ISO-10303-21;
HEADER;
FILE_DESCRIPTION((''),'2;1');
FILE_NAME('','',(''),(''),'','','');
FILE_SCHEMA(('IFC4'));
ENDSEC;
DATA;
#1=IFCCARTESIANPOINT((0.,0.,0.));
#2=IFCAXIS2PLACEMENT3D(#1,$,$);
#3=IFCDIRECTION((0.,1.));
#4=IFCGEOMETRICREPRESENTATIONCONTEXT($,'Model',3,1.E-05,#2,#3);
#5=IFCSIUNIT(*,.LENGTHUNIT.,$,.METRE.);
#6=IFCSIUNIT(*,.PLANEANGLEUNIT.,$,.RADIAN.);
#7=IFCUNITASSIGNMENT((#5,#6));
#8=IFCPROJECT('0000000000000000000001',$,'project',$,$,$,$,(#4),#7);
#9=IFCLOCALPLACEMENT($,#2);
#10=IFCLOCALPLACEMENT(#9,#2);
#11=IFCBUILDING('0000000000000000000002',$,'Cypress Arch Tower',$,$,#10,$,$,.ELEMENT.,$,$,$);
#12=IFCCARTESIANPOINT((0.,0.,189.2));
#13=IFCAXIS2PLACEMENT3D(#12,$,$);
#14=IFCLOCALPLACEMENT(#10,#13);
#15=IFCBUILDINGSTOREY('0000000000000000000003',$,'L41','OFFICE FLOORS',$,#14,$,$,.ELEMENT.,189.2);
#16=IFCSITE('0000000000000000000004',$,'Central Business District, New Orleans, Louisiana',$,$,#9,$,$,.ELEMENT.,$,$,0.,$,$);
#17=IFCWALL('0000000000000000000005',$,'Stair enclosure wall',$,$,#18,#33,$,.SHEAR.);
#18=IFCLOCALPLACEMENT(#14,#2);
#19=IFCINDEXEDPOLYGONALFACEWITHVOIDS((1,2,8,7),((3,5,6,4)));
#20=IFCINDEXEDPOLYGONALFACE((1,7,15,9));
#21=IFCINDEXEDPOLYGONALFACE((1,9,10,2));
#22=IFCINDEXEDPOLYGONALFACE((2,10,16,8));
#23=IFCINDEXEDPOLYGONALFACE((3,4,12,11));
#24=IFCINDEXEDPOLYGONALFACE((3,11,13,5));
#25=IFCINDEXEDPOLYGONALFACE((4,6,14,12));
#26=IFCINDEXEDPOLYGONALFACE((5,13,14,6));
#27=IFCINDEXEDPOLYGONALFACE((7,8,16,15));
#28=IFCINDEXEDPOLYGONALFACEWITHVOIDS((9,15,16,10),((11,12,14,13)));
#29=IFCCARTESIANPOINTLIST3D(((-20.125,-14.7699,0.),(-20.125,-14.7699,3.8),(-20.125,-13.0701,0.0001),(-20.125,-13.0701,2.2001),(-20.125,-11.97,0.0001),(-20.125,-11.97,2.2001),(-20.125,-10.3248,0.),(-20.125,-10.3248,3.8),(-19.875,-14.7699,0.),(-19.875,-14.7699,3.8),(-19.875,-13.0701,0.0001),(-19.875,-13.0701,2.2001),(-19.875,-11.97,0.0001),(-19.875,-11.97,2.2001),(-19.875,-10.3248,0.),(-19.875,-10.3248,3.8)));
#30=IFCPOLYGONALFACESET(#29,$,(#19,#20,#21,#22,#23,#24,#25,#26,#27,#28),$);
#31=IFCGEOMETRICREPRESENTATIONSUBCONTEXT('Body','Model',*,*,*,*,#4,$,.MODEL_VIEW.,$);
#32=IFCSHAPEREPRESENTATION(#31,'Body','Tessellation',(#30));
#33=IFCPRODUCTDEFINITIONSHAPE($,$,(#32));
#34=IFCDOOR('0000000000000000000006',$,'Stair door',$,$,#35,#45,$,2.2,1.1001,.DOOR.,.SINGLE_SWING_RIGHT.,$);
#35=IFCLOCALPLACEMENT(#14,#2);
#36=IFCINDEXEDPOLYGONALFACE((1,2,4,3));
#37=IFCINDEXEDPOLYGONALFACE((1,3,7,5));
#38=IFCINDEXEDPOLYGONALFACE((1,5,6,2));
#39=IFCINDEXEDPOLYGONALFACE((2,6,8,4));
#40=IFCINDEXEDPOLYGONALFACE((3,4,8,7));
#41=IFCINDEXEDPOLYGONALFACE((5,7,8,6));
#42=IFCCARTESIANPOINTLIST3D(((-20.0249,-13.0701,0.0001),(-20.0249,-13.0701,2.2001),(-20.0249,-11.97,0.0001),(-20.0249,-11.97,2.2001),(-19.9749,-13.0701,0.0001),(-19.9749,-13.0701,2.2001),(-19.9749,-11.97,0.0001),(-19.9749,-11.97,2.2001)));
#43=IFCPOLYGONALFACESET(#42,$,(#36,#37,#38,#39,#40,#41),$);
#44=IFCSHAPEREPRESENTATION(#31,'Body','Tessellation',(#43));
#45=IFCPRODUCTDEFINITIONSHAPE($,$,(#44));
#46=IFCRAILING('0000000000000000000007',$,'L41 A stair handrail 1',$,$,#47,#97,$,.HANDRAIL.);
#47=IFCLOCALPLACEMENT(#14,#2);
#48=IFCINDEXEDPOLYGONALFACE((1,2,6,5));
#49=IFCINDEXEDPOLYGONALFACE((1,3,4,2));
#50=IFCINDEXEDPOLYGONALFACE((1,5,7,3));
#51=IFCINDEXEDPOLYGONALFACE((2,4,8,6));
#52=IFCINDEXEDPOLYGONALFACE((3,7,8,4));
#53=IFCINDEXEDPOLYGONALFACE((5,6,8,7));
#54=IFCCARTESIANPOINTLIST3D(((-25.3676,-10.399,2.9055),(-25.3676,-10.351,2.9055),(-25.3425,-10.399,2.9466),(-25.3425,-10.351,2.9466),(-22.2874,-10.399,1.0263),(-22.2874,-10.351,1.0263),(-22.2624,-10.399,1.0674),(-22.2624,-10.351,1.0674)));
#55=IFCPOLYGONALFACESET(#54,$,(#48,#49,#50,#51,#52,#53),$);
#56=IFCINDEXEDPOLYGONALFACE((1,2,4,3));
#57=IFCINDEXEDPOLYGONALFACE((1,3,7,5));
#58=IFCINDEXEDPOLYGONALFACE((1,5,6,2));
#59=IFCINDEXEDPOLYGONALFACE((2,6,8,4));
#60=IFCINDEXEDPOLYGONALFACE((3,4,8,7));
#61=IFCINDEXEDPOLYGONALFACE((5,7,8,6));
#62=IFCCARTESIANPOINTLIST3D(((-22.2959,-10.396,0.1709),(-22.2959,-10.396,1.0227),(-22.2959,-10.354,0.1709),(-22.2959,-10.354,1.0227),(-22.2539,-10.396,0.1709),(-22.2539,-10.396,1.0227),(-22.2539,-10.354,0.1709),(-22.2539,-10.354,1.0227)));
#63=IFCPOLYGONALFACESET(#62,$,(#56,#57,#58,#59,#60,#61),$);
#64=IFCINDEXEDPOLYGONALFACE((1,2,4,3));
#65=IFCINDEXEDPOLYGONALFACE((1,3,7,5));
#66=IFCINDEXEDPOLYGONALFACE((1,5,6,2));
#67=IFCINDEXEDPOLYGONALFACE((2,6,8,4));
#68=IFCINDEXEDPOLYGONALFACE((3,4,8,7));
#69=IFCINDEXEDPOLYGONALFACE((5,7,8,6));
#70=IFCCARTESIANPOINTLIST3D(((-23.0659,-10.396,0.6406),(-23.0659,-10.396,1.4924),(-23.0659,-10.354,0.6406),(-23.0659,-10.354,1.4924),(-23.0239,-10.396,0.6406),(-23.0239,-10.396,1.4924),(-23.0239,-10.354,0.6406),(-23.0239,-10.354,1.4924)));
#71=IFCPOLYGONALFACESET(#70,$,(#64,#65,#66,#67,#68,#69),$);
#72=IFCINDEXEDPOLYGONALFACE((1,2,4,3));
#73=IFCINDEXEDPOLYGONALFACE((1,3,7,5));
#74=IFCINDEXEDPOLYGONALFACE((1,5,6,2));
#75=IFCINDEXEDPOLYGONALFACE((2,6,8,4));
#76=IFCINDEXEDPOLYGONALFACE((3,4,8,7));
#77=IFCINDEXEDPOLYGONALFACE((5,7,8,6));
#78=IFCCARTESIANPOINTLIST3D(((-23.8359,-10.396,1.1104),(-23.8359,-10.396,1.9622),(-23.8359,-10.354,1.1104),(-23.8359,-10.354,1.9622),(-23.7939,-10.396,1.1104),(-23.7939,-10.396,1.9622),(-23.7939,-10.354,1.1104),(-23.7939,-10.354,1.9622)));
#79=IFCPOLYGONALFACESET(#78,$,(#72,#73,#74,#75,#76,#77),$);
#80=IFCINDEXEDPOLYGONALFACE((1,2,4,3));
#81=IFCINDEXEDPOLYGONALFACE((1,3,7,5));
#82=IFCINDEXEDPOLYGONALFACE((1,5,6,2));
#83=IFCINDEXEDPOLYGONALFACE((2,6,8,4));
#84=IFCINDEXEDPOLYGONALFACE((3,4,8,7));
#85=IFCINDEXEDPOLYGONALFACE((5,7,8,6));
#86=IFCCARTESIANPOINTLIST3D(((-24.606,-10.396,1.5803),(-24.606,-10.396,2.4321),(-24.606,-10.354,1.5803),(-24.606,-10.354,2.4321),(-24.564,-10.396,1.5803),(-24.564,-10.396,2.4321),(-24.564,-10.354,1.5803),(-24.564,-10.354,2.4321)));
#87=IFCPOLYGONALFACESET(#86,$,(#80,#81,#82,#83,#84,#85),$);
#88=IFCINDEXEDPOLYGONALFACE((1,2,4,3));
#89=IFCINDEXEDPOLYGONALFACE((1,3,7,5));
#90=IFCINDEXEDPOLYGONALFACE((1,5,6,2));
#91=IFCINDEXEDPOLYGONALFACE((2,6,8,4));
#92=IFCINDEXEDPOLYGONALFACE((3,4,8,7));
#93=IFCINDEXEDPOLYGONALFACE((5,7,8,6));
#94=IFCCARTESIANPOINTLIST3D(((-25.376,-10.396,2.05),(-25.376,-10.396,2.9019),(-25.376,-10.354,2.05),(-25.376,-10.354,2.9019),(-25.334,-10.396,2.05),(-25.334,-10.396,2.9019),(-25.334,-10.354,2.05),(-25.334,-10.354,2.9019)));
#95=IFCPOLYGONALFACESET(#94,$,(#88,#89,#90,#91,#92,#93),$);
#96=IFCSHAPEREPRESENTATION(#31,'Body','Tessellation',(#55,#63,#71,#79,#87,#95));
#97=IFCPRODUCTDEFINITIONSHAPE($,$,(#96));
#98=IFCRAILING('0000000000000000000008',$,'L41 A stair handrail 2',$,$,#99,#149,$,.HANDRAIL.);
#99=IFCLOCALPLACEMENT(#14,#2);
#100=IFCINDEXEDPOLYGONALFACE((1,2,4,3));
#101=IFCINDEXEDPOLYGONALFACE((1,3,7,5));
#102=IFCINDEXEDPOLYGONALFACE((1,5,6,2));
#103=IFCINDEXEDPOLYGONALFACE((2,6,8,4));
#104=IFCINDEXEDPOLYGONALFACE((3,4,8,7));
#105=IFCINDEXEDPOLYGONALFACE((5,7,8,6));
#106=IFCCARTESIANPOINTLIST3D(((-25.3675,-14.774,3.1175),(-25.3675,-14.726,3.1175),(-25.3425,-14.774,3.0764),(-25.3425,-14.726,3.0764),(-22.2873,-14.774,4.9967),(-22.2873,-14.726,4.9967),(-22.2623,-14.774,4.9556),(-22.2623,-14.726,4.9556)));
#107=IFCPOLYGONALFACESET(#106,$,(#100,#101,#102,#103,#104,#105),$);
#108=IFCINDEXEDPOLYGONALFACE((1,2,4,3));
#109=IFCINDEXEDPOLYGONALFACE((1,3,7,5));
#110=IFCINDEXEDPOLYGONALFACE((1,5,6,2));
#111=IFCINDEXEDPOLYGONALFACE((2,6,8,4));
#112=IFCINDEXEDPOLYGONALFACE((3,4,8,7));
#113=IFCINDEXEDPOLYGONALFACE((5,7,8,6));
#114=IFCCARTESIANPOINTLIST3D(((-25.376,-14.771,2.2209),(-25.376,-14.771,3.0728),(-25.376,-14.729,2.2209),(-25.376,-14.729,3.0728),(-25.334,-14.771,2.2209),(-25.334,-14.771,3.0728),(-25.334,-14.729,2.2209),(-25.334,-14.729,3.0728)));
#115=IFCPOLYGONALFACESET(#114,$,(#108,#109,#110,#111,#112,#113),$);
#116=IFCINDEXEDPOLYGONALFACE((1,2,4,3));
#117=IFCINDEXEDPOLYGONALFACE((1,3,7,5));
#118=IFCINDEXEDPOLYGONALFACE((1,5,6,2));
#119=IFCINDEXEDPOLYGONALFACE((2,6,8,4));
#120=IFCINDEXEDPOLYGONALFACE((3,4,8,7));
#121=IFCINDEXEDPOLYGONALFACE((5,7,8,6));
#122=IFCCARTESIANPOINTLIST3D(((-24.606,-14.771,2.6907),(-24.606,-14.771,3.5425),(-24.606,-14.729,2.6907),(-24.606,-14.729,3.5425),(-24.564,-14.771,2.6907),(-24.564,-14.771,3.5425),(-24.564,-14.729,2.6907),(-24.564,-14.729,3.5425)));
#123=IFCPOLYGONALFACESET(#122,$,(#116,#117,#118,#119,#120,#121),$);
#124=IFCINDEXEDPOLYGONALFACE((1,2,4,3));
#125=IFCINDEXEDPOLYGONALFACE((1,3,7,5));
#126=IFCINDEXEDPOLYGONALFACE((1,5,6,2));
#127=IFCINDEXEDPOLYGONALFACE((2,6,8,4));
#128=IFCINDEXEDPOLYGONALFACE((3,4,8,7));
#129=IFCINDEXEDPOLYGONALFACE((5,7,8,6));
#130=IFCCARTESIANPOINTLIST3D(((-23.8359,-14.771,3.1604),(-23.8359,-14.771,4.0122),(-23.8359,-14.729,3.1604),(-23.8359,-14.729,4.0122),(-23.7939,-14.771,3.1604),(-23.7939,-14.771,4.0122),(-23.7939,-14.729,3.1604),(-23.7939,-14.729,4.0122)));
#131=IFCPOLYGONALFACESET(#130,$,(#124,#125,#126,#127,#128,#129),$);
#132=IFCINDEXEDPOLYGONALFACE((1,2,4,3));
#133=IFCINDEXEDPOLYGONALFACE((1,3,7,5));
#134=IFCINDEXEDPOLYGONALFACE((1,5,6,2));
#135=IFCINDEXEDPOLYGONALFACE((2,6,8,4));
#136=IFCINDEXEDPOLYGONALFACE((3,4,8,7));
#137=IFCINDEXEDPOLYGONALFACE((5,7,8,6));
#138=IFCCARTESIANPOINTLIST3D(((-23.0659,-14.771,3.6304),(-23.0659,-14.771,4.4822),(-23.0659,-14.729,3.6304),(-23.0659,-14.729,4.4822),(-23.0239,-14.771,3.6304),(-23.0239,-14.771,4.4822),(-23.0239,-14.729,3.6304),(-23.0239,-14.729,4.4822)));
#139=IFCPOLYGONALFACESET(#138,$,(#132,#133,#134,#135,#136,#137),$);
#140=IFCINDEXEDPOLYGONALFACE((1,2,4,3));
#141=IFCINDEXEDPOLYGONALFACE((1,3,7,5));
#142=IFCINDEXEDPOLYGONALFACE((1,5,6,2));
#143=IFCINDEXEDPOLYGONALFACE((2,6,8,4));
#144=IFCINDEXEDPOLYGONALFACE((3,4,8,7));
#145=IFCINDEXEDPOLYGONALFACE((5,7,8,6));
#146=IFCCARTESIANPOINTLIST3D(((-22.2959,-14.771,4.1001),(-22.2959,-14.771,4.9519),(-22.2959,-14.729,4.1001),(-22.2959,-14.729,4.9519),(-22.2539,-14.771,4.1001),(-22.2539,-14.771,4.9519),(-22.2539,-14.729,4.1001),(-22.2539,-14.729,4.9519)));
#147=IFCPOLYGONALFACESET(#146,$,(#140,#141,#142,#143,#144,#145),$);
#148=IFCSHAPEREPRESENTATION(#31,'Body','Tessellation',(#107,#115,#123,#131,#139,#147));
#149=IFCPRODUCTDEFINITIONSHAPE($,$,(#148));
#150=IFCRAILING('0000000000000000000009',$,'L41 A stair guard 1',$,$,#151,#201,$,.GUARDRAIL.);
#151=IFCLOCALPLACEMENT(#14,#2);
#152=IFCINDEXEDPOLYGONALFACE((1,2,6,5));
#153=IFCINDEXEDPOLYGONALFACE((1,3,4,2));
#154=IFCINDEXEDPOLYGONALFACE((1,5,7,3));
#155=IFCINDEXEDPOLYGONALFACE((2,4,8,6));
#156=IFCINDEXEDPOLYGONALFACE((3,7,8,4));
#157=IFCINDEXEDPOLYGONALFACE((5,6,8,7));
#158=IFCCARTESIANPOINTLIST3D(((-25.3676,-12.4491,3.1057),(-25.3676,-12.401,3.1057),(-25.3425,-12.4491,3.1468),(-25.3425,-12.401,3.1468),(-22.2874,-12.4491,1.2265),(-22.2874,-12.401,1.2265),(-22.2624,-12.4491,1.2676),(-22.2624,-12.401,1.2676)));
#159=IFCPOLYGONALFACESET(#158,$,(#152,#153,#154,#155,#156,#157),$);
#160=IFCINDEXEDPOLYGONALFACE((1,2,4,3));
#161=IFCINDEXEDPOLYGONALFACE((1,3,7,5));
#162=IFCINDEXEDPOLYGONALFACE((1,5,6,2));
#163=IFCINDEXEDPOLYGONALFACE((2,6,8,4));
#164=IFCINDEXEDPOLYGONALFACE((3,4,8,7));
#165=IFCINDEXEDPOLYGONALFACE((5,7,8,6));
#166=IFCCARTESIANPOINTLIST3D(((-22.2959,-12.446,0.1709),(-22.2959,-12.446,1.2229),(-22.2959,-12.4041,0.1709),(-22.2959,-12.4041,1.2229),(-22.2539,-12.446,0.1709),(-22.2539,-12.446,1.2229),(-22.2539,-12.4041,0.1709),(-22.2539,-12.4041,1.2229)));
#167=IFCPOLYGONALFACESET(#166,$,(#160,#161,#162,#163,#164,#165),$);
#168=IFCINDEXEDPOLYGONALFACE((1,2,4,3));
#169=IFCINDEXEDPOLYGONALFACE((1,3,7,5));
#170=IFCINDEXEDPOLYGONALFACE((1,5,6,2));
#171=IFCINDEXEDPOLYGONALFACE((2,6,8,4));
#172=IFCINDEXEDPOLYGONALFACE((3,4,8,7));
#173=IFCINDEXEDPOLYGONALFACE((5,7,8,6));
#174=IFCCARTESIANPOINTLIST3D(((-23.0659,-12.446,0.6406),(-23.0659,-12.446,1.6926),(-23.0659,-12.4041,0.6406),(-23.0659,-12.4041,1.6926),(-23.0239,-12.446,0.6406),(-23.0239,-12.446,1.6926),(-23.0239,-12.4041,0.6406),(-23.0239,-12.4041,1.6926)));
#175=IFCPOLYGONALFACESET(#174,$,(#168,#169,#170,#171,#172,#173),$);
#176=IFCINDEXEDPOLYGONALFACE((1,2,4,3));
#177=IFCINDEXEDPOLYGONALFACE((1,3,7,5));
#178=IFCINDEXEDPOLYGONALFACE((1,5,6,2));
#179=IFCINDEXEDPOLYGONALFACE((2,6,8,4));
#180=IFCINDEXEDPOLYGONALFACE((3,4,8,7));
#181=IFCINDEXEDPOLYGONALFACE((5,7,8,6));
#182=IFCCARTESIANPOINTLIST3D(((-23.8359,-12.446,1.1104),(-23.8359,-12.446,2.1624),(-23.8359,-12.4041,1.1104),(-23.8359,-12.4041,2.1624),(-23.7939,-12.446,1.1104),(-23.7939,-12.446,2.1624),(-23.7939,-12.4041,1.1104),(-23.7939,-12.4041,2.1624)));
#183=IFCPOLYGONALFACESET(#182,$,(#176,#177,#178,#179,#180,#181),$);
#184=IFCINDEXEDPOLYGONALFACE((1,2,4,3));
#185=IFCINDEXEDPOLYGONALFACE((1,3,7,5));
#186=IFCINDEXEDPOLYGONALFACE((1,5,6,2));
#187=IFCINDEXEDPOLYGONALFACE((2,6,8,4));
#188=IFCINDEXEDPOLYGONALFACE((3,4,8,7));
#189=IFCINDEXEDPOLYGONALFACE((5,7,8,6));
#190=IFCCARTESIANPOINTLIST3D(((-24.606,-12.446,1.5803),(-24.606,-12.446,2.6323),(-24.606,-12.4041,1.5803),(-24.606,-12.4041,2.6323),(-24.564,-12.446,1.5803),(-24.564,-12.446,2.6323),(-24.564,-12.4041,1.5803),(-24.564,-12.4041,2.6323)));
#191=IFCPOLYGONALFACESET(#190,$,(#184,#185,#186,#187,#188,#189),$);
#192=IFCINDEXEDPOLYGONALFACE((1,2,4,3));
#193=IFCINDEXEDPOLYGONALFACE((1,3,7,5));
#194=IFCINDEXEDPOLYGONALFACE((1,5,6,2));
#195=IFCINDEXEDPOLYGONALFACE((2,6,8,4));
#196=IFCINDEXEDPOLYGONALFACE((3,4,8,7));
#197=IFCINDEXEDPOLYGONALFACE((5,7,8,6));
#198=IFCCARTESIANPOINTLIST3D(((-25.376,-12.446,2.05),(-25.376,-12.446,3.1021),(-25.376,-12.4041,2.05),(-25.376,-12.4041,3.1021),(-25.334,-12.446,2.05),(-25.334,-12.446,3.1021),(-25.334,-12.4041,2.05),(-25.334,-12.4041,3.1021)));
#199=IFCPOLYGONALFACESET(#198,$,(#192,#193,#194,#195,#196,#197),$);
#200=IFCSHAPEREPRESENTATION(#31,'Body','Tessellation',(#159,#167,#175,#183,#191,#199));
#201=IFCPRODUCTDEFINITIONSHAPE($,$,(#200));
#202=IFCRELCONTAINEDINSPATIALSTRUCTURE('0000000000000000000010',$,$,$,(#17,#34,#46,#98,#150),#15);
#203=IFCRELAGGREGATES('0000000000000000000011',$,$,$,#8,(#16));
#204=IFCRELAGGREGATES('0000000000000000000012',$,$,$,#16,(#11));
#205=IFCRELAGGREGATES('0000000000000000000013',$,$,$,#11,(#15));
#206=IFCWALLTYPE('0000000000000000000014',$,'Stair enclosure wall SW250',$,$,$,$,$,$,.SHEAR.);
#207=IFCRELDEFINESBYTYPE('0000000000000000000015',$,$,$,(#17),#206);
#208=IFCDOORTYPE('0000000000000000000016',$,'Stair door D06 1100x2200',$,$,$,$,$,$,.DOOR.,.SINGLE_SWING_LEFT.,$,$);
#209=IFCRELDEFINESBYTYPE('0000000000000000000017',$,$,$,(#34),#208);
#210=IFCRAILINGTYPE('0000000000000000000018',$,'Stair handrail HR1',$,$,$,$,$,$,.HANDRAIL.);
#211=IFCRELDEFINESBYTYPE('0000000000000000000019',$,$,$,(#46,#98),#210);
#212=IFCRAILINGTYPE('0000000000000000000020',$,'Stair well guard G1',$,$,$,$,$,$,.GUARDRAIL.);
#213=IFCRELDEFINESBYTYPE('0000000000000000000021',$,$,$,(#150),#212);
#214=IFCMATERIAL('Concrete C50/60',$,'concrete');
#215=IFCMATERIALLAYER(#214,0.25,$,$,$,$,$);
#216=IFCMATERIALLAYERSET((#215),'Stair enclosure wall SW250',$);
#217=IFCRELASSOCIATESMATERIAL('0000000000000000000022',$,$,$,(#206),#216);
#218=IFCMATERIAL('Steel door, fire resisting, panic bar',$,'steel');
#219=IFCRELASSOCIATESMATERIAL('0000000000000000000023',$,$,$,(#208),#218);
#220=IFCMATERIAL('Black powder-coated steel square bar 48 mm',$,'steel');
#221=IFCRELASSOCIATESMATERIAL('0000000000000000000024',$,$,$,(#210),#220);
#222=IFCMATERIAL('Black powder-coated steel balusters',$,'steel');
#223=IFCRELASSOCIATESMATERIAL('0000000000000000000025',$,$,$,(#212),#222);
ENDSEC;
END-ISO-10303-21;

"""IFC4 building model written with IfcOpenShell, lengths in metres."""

from ifc_helpers import new_model, si_unit, direction, frame, frame_2d, origin, origin_2d, place, context, subcontext, project, spatial, rectangle, extrude, material, layer, layer_set, type_object, element, fill, save


model = new_model("IFC4")

# Units and contexts
model_context = context("Model", 3, precision=1e-05, world=origin(), true_north=direction((0.0, 1.0)))
body_context = subcontext(model_context, "Body", "Model", "MODEL_VIEW")
ifc_project = project(units=[si_unit("LENGTHUNIT", "METRE"), si_unit("PLANEANGLEUNIT", "RADIAN")], contexts=[model_context])

# Site, building, storey
site_placement = place(None, origin())
site = spatial("IfcSite", under=ifc_project, at=site_placement, Name="Central Business District, New Orleans, Louisiana", CompositionType="ELEMENT", RefElevation=0.0)
building_placement = place(site_placement, origin())
building = spatial("IfcBuilding", under=site, at=building_placement, Name="Cypress Arch Tower", CompositionType="ELEMENT")
storey_placement = place(building_placement, frame((0.0, 0.0, 189.2)))
storey = spatial("IfcBuildingStorey", under=building, at=storey_placement, Name="L41", Description="OFFICE FLOORS", CompositionType="ELEMENT", Elevation=189.2)

# Wall, opening, door
ifc_material_1 = material(Name="Concrete C50/60", Category="concrete")
ifc_layer_1 = layer(ifc_material_1, 0.25)
ifc_layer_set_1 = layer_set([ifc_layer_1], Name="Stair enclosure wall SW250")
wall_type_1 = type_object("IfcWallType", Name="Stair enclosure wall SW250", PredefinedType="SHEAR", material=ifc_layer_set_1)
wall_1_placement = place(storey_placement, frame((-20.0, -14.77, 0.0), z_axis=(0.0, 0.0, 1.0), x_axis=(0.0, 1.0, 0.0)))
wall_1 = element("IfcWall", 1, at=wall_1_placement, inside=storey, type_object=wall_type_1, Name="Stair enclosure wall", PredefinedType="SHEAR", context=body_context, shape_type="SweptSolid", body=[
    extrude(rectangle(XDim=4.4451, YDim=0.25, at=frame_2d((2.2227, 0.0))), origin(), (0.0, 0.0, 1.0), 3.8),
])
opening_1_placement = place(wall_1_placement, frame((1.7, 0.0, 0.0)))
opening_1 = element("IfcOpeningElement", 2, at=opening_1_placement, cuts=wall_1, PredefinedType="OPENING", context=body_context, shape_type="SweptSolid", body=[
    extrude(rectangle(XDim=1.1001, YDim=2.2, at=frame_2d((0.55, 1.1001))), frame((0.0, 0.135, 0.0), z_axis=(0.0, -1.0, 0.0), x_axis=(1.0, 0.0, 0.0)), (0.0, 0.0, 1.0), 0.27),
])
ifc_material_2 = material(Name="Steel door, fire resisting, panic bar", Category="steel")
door_type = type_object("IfcDoorType", Name="Stair door D06 1100x2200", OperationType="SINGLE_SWING_LEFT", PredefinedType="DOOR", material=ifc_material_2)
door_placement = place(opening_1_placement, origin())
door = element("IfcDoor", 3, at=door_placement, inside=storey, type_object=door_type, Name="Stair door", OperationType="SINGLE_SWING_RIGHT", OverallHeight=2.2, OverallWidth=1.1001, PredefinedType="DOOR", context=body_context, shape_type="SweptSolid", body=[
    extrude(rectangle(XDim=1.1001, YDim=2.2, at=frame_2d((0.55, 1.1001))), frame((0.0, 0.0249, 0.0), z_axis=(0.0, -1.0, 0.0), x_axis=(1.0, 0.0, 0.0)), (0.0, 0.0, 1.0), 0.05),
])
fill(opening_1, door)

# Railings
ifc_material_3 = material(Name="Black powder-coated steel square bar 48 mm", Category="steel")
railing_type_1 = type_object("IfcRailingType", Name="Stair handrail HR1", PredefinedType="HANDRAIL", material=ifc_material_3)
railing_1_placement = place(storey_placement, frame((-22.2749, -10.375, 0.1709)))
element("IfcRailing", 4, at=railing_1_placement, inside=storey, type_object=railing_type_1, Name="L41 A stair handrail 1", PredefinedType="HANDRAIL", context=body_context, shape_type="SweptSolid", body=[
    extrude(rectangle(XDim=0.0481, YDim=0.0481, at=origin_2d()), frame((0.0, 0.0, 0.876), z_axis=(-0.853666, 0.0, 0.52082), x_axis=(0.0, -1.0, 0.0)), (0.0, 0.0, 1.0), 3.6082),
    extrude(rectangle(XDim=0.042, YDim=0.042, at=origin_2d()), origin(), (0.0, 0.0, 1.0), 0.8518),
    extrude(rectangle(XDim=0.042, YDim=0.042, at=origin_2d()), frame((-0.77, 0.0, 0.4697)), (0.0, 0.0, 1.0), 0.8518),
    extrude(rectangle(XDim=0.042, YDim=0.042, at=origin_2d()), frame((-1.54, 0.0, 0.9395)), (0.0, 0.0, 1.0), 0.8518),
    extrude(rectangle(XDim=0.042, YDim=0.042, at=origin_2d()), frame((-2.3101, 0.0, 1.4094)), (0.0, 0.0, 1.0), 0.8518),
    extrude(rectangle(XDim=0.042, YDim=0.042, at=origin_2d()), frame((-3.0801, 0.0, 1.8792)), (0.0, 0.0, 1.0), 0.8518),
])
railing_2_placement = place(storey_placement, frame((-25.355, -14.75, 2.2209)))
element("IfcRailing", 5, at=railing_2_placement, inside=storey, type_object=railing_type_1, Name="L41 A stair handrail 2", PredefinedType="HANDRAIL", context=body_context, shape_type="SweptSolid", body=[
    extrude(rectangle(XDim=0.0481, YDim=0.0481, at=origin_2d()), frame((0.0, 0.0, 0.876), z_axis=(0.853666, 0.0, 0.52082), x_axis=(0.0, 1.0, 0.0)), (0.0, 0.0, 1.0), 3.6082),
    extrude(rectangle(XDim=0.042, YDim=0.042, at=origin_2d()), origin(), (0.0, 0.0, 1.0), 0.8518),
    extrude(rectangle(XDim=0.042, YDim=0.042, at=origin_2d()), frame((0.77, 0.0, 0.4697)), (0.0, 0.0, 1.0), 0.8518),
    extrude(rectangle(XDim=0.042, YDim=0.042, at=origin_2d()), frame((1.54, 0.0, 0.9395)), (0.0, 0.0, 1.0), 0.8518),
    extrude(rectangle(XDim=0.042, YDim=0.042, at=origin_2d()), frame((2.3101, 0.0, 1.4094)), (0.0, 0.0, 1.0), 0.8518),
    extrude(rectangle(XDim=0.042, YDim=0.042, at=origin_2d()), frame((3.0801, 0.0, 1.8792)), (0.0, 0.0, 1.0), 0.8518),
])
ifc_material_4 = material(Name="Black powder-coated steel balusters", Category="steel")
railing_type_2 = type_object("IfcRailingType", Name="Stair well guard G1", PredefinedType="GUARDRAIL", material=ifc_material_4)
railing_3_placement = place(storey_placement, frame((-22.2749, -12.425, 0.1709)))
element("IfcRailing", 6, at=railing_3_placement, inside=storey, type_object=railing_type_2, Name="L41 A stair guard 1", PredefinedType="GUARDRAIL", context=body_context, shape_type="SweptSolid", body=[
    extrude(rectangle(XDim=0.0481, YDim=0.0481, at=origin_2d()), frame((0.0, 0.0, 1.0762), z_axis=(-0.853666, 0.0, 0.52082), x_axis=(0.0, -1.0, 0.0)), (0.0, 0.0, 1.0), 3.6082),
    extrude(rectangle(XDim=0.042, YDim=0.042, at=origin_2d()), origin(), (0.0, 0.0, 1.0), 1.052),
    extrude(rectangle(XDim=0.042, YDim=0.042, at=origin_2d()), frame((-0.77, 0.0, 0.4697)), (0.0, 0.0, 1.0), 1.052),
    extrude(rectangle(XDim=0.042, YDim=0.042, at=origin_2d()), frame((-1.54, 0.0, 0.9395)), (0.0, 0.0, 1.0), 1.052),
    extrude(rectangle(XDim=0.042, YDim=0.042, at=origin_2d()), frame((-2.3101, 0.0, 1.4094)), (0.0, 0.0, 1.0), 1.052),
    extrude(rectangle(XDim=0.042, YDim=0.042, at=origin_2d()), frame((-3.0801, 0.0, 1.8792)), (0.0, 0.0, 1.0), 1.052),
])

save(model, "model.ifc")
